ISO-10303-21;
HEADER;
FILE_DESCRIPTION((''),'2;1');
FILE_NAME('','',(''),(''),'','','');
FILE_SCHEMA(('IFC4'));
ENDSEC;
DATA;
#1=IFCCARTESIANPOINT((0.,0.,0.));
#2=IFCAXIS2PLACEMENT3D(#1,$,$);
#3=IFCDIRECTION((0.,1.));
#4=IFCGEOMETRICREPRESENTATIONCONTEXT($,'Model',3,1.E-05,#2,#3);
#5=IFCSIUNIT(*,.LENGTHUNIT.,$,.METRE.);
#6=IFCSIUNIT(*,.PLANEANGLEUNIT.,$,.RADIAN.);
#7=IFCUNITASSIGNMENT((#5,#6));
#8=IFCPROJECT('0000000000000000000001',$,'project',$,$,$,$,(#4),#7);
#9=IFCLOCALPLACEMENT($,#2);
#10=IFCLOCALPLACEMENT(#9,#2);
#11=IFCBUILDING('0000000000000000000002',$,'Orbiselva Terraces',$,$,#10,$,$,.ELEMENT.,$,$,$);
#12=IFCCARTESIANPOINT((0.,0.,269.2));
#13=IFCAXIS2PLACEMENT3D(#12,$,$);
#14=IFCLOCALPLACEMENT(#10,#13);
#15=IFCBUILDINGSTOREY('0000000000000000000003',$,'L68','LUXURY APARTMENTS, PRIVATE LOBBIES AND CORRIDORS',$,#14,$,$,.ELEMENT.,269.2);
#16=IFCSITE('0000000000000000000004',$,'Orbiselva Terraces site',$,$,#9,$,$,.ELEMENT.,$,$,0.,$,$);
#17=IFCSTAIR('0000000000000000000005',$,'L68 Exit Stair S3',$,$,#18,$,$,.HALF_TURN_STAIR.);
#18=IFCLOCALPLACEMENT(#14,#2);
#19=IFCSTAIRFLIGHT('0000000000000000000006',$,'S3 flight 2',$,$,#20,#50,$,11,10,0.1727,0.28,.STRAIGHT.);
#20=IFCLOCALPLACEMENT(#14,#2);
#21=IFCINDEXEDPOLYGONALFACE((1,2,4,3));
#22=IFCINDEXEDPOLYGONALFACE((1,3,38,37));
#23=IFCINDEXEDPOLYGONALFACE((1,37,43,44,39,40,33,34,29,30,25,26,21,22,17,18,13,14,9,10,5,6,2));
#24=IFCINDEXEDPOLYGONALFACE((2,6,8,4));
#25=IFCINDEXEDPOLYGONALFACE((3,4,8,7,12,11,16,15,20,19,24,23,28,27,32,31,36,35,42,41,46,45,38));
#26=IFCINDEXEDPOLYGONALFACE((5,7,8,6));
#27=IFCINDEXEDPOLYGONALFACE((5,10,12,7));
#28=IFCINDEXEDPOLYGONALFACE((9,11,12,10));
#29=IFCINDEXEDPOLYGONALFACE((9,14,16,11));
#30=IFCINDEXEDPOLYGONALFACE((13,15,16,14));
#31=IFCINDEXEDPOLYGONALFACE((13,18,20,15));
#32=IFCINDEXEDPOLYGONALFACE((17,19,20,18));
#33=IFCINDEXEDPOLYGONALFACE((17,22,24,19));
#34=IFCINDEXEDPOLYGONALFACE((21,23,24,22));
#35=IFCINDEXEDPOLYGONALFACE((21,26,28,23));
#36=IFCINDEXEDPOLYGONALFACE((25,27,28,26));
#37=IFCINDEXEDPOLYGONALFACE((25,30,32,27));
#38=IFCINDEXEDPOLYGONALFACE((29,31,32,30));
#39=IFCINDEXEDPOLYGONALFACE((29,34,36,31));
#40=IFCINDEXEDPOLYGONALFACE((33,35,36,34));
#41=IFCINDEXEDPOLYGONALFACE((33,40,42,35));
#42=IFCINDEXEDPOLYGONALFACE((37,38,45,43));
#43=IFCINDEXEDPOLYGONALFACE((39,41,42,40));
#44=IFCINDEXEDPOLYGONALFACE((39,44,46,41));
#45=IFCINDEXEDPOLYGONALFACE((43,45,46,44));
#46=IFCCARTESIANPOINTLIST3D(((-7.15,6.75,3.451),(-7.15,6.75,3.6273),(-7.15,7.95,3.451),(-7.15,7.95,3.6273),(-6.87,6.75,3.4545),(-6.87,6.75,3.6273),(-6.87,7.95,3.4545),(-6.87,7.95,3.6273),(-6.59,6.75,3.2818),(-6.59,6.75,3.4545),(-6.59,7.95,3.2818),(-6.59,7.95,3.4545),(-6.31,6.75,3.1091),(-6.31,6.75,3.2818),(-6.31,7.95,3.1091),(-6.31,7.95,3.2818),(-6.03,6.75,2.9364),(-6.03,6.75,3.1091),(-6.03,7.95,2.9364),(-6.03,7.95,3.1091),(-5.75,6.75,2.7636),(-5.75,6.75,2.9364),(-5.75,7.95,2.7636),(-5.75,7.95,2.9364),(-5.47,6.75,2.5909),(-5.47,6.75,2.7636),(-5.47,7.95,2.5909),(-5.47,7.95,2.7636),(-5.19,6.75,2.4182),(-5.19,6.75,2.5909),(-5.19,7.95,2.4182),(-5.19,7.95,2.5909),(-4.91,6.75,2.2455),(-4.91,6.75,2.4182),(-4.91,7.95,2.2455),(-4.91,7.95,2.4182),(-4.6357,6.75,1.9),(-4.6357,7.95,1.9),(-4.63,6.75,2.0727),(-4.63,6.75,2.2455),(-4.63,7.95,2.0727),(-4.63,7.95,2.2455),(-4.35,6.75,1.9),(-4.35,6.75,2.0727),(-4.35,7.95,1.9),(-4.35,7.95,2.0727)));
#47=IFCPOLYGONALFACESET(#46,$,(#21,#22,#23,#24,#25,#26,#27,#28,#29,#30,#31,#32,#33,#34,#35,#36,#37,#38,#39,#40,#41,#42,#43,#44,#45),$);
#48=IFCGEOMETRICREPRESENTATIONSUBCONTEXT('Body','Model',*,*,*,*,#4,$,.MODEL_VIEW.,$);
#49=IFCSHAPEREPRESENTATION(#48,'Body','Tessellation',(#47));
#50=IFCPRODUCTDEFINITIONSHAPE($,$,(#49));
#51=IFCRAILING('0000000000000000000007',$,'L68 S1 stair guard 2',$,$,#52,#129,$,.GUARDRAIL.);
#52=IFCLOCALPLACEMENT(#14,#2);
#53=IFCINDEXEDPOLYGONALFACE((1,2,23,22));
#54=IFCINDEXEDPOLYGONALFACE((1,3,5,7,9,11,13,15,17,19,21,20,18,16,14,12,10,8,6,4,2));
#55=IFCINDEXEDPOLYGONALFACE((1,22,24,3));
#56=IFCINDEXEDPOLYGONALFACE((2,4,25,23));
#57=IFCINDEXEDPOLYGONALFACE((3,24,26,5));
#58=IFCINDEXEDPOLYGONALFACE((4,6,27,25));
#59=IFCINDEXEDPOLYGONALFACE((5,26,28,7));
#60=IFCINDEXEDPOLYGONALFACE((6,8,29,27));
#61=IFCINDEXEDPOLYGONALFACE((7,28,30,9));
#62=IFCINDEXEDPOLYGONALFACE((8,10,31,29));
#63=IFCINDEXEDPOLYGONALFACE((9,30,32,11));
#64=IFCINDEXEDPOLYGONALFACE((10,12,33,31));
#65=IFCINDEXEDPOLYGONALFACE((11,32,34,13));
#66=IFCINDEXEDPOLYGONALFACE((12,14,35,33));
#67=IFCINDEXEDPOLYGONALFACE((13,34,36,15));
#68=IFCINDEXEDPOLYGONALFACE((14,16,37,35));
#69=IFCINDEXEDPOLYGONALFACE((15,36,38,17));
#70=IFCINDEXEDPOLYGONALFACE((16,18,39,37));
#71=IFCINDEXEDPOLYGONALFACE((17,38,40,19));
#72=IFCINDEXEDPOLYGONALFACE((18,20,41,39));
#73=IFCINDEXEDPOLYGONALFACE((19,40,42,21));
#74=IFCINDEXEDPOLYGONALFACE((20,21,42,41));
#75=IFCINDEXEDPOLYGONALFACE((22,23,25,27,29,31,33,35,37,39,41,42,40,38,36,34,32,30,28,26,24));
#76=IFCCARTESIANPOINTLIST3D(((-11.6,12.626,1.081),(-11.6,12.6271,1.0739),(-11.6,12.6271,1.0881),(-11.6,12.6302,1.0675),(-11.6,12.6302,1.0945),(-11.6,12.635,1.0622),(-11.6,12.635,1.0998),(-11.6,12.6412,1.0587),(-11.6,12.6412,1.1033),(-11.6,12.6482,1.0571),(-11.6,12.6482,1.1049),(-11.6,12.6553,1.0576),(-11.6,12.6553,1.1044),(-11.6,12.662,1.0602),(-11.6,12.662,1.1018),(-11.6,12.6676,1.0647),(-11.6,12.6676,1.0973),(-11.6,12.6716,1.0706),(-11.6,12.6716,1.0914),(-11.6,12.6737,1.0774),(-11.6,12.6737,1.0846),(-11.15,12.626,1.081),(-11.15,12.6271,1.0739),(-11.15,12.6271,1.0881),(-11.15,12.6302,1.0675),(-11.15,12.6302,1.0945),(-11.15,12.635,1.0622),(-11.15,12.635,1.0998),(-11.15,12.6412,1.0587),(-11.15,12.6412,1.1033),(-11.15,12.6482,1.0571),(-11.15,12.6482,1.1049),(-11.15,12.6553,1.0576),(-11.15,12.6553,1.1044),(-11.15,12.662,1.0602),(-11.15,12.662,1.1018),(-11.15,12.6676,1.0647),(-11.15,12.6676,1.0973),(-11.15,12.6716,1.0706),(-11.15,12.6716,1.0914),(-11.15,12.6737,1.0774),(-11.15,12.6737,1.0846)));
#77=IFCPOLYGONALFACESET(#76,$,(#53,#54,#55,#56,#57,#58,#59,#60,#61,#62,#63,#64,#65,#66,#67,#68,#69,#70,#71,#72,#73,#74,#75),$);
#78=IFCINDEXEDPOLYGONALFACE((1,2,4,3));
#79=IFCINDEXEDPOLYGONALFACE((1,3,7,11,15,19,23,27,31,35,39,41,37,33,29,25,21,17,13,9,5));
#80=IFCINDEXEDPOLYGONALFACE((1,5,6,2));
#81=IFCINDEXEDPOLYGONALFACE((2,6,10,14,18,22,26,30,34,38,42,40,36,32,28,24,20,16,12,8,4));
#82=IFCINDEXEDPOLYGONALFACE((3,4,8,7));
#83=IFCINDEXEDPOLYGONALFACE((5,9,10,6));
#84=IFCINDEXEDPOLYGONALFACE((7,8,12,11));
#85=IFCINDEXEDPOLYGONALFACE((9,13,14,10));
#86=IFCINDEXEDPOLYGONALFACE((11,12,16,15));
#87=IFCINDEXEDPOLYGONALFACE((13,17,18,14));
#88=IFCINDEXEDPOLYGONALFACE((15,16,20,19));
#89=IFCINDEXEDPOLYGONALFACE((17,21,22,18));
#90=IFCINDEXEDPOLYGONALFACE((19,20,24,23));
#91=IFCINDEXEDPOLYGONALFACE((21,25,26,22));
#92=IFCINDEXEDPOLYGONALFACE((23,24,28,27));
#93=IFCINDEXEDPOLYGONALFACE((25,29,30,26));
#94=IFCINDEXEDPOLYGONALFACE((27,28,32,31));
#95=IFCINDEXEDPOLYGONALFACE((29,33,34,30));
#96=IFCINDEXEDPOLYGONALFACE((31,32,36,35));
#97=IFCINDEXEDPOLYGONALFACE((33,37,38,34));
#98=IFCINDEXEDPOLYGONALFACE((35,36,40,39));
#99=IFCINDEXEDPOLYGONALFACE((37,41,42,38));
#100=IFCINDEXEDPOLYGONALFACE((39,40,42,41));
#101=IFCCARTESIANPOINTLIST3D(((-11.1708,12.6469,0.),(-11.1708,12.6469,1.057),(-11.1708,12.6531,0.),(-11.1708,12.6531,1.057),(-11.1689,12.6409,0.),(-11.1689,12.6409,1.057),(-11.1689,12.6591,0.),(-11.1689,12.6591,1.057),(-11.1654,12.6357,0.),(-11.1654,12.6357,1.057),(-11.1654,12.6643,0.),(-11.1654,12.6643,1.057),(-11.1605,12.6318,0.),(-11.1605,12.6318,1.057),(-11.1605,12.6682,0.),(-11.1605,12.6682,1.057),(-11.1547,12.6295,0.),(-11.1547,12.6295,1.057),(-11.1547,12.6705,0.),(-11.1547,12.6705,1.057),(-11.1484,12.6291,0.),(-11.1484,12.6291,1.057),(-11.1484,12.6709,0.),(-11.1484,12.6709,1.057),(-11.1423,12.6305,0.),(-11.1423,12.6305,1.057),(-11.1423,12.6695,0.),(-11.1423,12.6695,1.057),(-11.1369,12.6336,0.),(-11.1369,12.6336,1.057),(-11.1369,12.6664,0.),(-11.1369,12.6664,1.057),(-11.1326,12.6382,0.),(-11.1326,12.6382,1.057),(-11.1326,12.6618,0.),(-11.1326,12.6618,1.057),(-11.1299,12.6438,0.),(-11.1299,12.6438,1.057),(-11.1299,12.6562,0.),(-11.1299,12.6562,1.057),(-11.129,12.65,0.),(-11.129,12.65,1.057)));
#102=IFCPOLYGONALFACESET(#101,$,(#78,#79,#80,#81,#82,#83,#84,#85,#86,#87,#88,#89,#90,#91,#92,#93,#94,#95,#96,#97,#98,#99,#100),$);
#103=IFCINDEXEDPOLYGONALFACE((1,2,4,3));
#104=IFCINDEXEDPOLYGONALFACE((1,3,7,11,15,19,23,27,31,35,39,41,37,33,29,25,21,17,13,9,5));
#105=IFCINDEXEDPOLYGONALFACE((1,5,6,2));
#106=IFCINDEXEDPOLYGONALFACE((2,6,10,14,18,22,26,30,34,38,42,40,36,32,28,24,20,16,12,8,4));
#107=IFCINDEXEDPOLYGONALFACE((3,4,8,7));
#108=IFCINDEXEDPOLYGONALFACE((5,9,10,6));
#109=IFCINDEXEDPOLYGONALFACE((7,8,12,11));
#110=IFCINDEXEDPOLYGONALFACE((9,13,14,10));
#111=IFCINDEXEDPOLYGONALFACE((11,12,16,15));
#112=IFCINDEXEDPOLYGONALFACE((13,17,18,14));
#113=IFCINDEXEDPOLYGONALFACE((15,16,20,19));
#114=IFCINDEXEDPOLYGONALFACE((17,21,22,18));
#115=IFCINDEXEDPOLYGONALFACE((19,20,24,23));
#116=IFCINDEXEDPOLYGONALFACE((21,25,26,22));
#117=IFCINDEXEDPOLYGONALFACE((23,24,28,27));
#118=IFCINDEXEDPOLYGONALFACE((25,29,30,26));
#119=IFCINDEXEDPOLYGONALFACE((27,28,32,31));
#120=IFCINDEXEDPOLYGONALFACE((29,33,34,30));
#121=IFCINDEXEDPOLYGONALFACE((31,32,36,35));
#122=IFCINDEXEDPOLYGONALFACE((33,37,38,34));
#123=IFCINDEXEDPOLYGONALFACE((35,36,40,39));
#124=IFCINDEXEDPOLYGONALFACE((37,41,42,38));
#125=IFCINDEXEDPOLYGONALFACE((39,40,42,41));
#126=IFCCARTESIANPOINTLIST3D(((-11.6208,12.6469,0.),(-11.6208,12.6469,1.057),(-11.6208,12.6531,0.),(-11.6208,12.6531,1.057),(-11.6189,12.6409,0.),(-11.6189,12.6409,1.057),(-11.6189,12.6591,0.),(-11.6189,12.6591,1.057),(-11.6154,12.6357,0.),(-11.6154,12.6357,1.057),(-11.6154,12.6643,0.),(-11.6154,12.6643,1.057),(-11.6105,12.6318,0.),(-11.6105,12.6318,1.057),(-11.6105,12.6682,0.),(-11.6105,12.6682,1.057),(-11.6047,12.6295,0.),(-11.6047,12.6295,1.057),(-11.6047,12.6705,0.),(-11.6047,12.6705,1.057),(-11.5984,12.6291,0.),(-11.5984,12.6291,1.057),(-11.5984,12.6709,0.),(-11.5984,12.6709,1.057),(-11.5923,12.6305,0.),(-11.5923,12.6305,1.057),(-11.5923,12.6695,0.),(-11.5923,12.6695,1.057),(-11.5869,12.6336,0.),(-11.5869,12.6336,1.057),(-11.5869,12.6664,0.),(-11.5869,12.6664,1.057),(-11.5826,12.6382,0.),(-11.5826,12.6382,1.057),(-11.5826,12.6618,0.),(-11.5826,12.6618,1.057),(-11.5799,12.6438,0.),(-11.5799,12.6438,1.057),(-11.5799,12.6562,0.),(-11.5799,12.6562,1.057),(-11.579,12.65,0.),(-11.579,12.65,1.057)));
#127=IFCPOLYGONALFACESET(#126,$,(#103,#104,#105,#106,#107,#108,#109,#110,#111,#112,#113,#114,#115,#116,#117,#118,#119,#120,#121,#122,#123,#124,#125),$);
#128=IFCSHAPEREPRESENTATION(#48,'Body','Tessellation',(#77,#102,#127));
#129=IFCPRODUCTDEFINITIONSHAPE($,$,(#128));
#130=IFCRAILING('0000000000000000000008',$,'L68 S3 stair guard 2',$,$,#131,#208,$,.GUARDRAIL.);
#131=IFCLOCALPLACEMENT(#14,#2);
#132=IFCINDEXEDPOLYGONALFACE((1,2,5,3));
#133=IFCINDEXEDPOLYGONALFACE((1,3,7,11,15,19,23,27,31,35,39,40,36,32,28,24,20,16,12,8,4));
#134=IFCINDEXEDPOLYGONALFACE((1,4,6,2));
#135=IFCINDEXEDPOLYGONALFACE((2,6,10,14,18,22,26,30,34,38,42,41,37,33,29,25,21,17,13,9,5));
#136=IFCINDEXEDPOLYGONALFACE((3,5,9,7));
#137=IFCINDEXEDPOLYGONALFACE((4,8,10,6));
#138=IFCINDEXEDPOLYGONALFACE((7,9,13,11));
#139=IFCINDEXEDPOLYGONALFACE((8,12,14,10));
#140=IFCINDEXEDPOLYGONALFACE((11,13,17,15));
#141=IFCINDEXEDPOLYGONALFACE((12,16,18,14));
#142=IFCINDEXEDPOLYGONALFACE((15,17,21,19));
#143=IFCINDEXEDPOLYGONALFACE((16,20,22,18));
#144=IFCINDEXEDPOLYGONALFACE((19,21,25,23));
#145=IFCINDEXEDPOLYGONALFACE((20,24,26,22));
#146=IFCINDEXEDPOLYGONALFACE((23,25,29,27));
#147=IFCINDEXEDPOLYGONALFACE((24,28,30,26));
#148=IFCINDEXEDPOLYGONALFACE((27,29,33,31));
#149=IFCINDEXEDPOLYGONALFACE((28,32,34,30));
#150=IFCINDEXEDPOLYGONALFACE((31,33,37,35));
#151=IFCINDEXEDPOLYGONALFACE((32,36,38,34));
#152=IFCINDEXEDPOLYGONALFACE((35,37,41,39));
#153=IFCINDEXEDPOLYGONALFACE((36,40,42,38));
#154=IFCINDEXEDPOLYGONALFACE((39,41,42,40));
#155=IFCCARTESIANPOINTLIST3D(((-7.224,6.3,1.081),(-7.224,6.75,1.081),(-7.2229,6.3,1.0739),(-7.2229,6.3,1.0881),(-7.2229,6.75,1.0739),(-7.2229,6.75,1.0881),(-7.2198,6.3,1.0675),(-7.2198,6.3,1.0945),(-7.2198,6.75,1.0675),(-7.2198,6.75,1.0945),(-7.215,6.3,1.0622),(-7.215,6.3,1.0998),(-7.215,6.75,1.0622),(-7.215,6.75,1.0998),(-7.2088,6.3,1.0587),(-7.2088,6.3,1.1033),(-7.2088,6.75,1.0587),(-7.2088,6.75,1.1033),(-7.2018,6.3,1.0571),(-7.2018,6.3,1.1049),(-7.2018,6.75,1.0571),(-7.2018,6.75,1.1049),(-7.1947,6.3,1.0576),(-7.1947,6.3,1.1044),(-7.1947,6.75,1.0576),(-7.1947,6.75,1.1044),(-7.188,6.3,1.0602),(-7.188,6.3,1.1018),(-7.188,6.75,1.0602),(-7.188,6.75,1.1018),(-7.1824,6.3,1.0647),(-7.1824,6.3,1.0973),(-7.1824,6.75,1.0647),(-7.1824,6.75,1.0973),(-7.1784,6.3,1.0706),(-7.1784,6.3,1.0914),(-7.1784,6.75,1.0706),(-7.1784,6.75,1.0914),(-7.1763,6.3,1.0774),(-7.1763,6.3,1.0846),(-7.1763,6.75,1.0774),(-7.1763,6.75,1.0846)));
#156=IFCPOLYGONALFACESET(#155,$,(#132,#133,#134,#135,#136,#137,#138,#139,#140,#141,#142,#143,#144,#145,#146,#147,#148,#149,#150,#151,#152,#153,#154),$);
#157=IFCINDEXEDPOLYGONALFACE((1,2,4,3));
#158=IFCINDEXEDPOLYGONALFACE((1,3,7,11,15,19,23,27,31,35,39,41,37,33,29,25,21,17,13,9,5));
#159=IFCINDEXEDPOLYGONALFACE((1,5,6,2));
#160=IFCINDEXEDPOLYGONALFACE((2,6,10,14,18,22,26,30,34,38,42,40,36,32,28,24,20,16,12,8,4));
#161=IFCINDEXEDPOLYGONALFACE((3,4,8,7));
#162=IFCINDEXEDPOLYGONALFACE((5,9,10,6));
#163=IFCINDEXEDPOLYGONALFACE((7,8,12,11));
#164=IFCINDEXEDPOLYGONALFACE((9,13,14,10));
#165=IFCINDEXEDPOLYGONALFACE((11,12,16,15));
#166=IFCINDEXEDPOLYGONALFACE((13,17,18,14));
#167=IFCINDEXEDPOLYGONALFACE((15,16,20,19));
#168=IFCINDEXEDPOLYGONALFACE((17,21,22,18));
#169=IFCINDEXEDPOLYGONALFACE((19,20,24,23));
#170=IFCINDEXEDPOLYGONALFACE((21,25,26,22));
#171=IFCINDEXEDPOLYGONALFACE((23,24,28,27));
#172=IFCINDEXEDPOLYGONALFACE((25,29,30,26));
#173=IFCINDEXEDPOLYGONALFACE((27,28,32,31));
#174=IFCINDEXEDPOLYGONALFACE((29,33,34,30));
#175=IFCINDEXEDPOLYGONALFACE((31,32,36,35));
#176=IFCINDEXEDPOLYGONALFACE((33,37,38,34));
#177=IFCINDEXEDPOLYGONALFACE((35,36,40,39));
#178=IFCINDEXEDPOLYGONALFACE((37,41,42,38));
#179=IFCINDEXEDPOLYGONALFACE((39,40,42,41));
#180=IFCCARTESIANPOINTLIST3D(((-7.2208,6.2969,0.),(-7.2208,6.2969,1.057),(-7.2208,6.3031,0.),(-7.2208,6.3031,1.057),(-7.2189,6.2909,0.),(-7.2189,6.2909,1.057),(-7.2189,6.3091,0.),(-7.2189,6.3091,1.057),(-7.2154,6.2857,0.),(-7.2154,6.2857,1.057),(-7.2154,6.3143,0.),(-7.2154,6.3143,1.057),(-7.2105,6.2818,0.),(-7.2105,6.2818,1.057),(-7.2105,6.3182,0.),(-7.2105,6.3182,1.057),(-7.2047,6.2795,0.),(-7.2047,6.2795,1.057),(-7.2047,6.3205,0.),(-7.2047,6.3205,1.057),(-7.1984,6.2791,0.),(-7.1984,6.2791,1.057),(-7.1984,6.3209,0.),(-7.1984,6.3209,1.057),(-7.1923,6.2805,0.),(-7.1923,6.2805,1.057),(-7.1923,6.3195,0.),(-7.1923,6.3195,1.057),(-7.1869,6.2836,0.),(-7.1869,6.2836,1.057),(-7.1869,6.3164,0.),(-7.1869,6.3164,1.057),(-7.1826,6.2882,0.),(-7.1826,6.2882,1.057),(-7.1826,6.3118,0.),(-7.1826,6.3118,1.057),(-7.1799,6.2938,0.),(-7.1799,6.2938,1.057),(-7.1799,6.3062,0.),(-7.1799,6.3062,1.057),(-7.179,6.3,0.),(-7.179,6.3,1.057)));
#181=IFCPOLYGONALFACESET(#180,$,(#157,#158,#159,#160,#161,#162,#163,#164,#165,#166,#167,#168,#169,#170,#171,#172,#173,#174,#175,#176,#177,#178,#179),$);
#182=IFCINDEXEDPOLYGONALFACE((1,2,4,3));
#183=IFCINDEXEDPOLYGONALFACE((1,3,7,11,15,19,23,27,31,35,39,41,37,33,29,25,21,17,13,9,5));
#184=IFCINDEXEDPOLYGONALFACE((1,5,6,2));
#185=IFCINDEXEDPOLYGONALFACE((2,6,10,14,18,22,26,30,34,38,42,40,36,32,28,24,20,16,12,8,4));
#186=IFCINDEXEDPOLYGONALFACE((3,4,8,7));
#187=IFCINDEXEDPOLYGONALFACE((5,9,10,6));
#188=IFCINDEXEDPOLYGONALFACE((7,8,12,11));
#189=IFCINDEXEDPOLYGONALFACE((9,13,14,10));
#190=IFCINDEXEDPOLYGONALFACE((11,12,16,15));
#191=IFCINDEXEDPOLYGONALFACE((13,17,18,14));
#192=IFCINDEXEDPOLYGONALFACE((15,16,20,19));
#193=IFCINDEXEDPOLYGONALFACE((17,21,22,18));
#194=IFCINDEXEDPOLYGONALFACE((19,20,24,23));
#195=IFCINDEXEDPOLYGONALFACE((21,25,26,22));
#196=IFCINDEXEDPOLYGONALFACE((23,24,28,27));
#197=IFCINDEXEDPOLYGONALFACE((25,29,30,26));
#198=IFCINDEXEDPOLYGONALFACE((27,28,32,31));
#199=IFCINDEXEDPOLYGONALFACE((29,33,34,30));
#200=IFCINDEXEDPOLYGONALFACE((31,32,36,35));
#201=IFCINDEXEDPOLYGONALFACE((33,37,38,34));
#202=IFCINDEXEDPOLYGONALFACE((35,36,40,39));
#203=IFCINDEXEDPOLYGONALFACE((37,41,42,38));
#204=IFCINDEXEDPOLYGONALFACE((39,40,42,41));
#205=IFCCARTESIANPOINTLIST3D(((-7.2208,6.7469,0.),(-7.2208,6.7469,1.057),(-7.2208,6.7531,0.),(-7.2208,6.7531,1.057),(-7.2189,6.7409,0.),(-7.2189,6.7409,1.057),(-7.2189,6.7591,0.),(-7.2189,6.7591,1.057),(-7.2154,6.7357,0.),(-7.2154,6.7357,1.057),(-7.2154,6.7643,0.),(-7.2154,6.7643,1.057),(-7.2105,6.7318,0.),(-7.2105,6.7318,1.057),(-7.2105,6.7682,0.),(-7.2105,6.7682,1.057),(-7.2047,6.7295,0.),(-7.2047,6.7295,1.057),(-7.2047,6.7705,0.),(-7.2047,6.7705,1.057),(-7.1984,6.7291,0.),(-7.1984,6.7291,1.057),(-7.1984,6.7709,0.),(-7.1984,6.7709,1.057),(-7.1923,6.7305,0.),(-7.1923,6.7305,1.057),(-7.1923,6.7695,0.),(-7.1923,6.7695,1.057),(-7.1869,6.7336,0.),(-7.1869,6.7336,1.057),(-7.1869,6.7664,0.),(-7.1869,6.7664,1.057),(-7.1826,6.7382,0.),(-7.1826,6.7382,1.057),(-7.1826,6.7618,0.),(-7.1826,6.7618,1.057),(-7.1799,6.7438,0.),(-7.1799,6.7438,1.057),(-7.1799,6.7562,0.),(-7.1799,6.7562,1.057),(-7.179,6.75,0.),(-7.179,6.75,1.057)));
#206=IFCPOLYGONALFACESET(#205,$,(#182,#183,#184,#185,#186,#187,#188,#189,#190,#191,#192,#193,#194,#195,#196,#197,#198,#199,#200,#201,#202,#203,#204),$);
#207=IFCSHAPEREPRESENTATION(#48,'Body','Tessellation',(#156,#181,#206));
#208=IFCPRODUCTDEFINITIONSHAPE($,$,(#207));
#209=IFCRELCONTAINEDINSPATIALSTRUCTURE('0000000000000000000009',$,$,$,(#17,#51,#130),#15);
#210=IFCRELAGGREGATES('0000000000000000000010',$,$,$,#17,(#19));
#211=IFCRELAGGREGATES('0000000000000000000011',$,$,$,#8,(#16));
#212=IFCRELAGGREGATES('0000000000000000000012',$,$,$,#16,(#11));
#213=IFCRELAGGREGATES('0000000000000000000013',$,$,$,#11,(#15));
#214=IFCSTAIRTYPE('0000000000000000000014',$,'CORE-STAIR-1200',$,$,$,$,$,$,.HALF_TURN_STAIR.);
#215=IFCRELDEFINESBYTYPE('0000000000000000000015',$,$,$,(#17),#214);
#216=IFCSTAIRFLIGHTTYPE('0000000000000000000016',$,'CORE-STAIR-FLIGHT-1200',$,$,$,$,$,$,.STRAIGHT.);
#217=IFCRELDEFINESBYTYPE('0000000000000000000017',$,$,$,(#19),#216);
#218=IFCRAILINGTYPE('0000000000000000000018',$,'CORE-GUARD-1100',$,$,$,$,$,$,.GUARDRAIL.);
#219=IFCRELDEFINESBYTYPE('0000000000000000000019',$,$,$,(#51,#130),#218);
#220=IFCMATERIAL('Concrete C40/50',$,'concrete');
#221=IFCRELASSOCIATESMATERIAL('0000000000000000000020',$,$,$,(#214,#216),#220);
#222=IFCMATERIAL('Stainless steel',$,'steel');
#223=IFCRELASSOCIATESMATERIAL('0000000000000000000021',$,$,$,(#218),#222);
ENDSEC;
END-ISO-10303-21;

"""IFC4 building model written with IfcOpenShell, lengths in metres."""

from ifc_helpers import new_model, si_unit, direction, frame, origin, origin_2d, place, context, subcontext, project, spatial, polyline, circle, outline, extrude, material, type_object, element, aggregate, save


model = new_model("IFC4")

# Units and contexts
model_context = context("Model", 3, precision=1e-05, world=origin(), true_north=direction((0.0, 1.0)))
body_context = subcontext(model_context, "Body", "Model", "MODEL_VIEW")
ifc_project = project(units=[si_unit("LENGTHUNIT", "METRE"), si_unit("PLANEANGLEUNIT", "RADIAN")], contexts=[model_context])

# Site, building, storey
site_placement = place(None, origin())
site = spatial("IfcSite", under=ifc_project, at=site_placement, Name="Orbiselva Terraces site", CompositionType="ELEMENT", RefElevation=0.0)
building_placement = place(site_placement, origin())
building = spatial("IfcBuilding", under=site, at=building_placement, Name="Orbiselva Terraces", CompositionType="ELEMENT")
storey_placement = place(building_placement, frame((0.0, 0.0, 269.2)))
storey = spatial("IfcBuildingStorey", under=building, at=storey_placement, Name="L68", Description="LUXURY APARTMENTS, PRIVATE LOBBIES AND CORRIDORS", CompositionType="ELEMENT", Elevation=269.2)

# Stair, stair flight
ifc_material_1 = material(Name="Concrete C40/50", Category="concrete")
stair_type = type_object("IfcStairType", Name="CORE-STAIR-1200", PredefinedType="HALF_TURN_STAIR", material=ifc_material_1)
stair_placement = place(storey_placement, origin())
stair = element("IfcStair", 1, at=stair_placement, inside=storey, type_object=stair_type, Name="L68 Exit Stair S3", PredefinedType="HALF_TURN_STAIR")
stair_flight_type = type_object("IfcStairFlightType", Name="CORE-STAIR-FLIGHT-1200", PredefinedType="STRAIGHT", material=ifc_material_1)
stair_flight_1_placement = place(storey_placement, frame((-4.35, 7.35, 1.9), z_axis=(0.0, 0.0, 1.0), x_axis=(-1.0, 0.0, 0.0)))
stair_flight_1 = element("IfcStairFlight", 2, at=stair_flight_1_placement, type_object=stair_flight_type, Name="S3 flight 2", NumberOfRisers=11, NumberOfTreads=10, PredefinedType="STRAIGHT", RiserHeight=0.1727, TreadLength=0.28, context=body_context, shape_type="SweptSolid", body=[
    extrude(outline(polyline([(0.0, 0.0), (0.0, 0.1727), (0.28, 0.1727), (0.28, 0.3455), (0.56, 0.3455), (0.56, 0.5182), (0.84, 0.5182), (0.84, 0.6909), (1.12, 0.6909), (1.12, 0.8636), (1.4, 0.8636), (1.4, 1.0364), (1.68, 1.0364), (1.68, 1.2091), (1.96, 1.2091), (1.96, 1.3818), (2.24, 1.3818), (2.24, 1.5545), (2.52, 1.5545), (2.52, 1.7273), (2.8, 1.7273), (2.8, 1.9), (2.8, 1.551), (0.2857, 0.0), (0.0, 0.0)])), frame((0.0, 0.6, 0.0), z_axis=(0.0, -1.0, 0.0), x_axis=(1.0, 0.0, 0.0)), (0.0, 0.0, 1.0), 1.2),
])
aggregate(stair, [stair_flight_1])

# Railings
ifc_material_2 = material(Name="Stainless steel", Category="steel")
railing_type_1 = type_object("IfcRailingType", Name="CORE-GUARD-1100", PredefinedType="GUARDRAIL", material=ifc_material_2)
railing_1_placement = place(storey_placement, frame((-11.15, 12.65, 0.0)))
element("IfcRailing", 3, at=railing_1_placement, inside=storey, type_object=railing_type_1, Name="L68 S1 stair guard 2", PredefinedType="GUARDRAIL", context=body_context, shape_type="SweptSolid", body=[
    extrude(circle(Radius=0.024, at=origin_2d()), frame((0.0, 0.0, 1.081), z_axis=(-1.0, 0.0, 0.0), x_axis=(0.0, -1.0, 0.0)), (0.0, 0.0, 1.0), 0.45),
    extrude(circle(Radius=0.021, at=origin_2d()), origin(), (0.0, 0.0, 1.0), 1.057),
    extrude(circle(Radius=0.021, at=origin_2d()), frame((-0.45, 0.0, 0.0)), (0.0, 0.0, 1.0), 1.057),
])
railing_2_placement = place(storey_placement, frame((-7.2, 6.3, 0.0)))
element("IfcRailing", 4, at=railing_2_placement, inside=storey, type_object=railing_type_1, Name="L68 S3 stair guard 2", PredefinedType="GUARDRAIL", context=body_context, shape_type="SweptSolid", body=[
    extrude(circle(Radius=0.024, at=origin_2d()), frame((0.0, 0.0, 1.081), z_axis=(0.0, 1.0, 0.0), x_axis=(-1.0, 0.0, 0.0)), (0.0, 0.0, 1.0), 0.45),
    extrude(circle(Radius=0.021, at=origin_2d()), origin(), (0.0, 0.0, 1.0), 1.057),
    extrude(circle(Radius=0.021, at=origin_2d()), frame((0.0, 0.45, 0.0)), (0.0, 0.0, 1.0), 1.057),
])

save(model, "model.ifc")
